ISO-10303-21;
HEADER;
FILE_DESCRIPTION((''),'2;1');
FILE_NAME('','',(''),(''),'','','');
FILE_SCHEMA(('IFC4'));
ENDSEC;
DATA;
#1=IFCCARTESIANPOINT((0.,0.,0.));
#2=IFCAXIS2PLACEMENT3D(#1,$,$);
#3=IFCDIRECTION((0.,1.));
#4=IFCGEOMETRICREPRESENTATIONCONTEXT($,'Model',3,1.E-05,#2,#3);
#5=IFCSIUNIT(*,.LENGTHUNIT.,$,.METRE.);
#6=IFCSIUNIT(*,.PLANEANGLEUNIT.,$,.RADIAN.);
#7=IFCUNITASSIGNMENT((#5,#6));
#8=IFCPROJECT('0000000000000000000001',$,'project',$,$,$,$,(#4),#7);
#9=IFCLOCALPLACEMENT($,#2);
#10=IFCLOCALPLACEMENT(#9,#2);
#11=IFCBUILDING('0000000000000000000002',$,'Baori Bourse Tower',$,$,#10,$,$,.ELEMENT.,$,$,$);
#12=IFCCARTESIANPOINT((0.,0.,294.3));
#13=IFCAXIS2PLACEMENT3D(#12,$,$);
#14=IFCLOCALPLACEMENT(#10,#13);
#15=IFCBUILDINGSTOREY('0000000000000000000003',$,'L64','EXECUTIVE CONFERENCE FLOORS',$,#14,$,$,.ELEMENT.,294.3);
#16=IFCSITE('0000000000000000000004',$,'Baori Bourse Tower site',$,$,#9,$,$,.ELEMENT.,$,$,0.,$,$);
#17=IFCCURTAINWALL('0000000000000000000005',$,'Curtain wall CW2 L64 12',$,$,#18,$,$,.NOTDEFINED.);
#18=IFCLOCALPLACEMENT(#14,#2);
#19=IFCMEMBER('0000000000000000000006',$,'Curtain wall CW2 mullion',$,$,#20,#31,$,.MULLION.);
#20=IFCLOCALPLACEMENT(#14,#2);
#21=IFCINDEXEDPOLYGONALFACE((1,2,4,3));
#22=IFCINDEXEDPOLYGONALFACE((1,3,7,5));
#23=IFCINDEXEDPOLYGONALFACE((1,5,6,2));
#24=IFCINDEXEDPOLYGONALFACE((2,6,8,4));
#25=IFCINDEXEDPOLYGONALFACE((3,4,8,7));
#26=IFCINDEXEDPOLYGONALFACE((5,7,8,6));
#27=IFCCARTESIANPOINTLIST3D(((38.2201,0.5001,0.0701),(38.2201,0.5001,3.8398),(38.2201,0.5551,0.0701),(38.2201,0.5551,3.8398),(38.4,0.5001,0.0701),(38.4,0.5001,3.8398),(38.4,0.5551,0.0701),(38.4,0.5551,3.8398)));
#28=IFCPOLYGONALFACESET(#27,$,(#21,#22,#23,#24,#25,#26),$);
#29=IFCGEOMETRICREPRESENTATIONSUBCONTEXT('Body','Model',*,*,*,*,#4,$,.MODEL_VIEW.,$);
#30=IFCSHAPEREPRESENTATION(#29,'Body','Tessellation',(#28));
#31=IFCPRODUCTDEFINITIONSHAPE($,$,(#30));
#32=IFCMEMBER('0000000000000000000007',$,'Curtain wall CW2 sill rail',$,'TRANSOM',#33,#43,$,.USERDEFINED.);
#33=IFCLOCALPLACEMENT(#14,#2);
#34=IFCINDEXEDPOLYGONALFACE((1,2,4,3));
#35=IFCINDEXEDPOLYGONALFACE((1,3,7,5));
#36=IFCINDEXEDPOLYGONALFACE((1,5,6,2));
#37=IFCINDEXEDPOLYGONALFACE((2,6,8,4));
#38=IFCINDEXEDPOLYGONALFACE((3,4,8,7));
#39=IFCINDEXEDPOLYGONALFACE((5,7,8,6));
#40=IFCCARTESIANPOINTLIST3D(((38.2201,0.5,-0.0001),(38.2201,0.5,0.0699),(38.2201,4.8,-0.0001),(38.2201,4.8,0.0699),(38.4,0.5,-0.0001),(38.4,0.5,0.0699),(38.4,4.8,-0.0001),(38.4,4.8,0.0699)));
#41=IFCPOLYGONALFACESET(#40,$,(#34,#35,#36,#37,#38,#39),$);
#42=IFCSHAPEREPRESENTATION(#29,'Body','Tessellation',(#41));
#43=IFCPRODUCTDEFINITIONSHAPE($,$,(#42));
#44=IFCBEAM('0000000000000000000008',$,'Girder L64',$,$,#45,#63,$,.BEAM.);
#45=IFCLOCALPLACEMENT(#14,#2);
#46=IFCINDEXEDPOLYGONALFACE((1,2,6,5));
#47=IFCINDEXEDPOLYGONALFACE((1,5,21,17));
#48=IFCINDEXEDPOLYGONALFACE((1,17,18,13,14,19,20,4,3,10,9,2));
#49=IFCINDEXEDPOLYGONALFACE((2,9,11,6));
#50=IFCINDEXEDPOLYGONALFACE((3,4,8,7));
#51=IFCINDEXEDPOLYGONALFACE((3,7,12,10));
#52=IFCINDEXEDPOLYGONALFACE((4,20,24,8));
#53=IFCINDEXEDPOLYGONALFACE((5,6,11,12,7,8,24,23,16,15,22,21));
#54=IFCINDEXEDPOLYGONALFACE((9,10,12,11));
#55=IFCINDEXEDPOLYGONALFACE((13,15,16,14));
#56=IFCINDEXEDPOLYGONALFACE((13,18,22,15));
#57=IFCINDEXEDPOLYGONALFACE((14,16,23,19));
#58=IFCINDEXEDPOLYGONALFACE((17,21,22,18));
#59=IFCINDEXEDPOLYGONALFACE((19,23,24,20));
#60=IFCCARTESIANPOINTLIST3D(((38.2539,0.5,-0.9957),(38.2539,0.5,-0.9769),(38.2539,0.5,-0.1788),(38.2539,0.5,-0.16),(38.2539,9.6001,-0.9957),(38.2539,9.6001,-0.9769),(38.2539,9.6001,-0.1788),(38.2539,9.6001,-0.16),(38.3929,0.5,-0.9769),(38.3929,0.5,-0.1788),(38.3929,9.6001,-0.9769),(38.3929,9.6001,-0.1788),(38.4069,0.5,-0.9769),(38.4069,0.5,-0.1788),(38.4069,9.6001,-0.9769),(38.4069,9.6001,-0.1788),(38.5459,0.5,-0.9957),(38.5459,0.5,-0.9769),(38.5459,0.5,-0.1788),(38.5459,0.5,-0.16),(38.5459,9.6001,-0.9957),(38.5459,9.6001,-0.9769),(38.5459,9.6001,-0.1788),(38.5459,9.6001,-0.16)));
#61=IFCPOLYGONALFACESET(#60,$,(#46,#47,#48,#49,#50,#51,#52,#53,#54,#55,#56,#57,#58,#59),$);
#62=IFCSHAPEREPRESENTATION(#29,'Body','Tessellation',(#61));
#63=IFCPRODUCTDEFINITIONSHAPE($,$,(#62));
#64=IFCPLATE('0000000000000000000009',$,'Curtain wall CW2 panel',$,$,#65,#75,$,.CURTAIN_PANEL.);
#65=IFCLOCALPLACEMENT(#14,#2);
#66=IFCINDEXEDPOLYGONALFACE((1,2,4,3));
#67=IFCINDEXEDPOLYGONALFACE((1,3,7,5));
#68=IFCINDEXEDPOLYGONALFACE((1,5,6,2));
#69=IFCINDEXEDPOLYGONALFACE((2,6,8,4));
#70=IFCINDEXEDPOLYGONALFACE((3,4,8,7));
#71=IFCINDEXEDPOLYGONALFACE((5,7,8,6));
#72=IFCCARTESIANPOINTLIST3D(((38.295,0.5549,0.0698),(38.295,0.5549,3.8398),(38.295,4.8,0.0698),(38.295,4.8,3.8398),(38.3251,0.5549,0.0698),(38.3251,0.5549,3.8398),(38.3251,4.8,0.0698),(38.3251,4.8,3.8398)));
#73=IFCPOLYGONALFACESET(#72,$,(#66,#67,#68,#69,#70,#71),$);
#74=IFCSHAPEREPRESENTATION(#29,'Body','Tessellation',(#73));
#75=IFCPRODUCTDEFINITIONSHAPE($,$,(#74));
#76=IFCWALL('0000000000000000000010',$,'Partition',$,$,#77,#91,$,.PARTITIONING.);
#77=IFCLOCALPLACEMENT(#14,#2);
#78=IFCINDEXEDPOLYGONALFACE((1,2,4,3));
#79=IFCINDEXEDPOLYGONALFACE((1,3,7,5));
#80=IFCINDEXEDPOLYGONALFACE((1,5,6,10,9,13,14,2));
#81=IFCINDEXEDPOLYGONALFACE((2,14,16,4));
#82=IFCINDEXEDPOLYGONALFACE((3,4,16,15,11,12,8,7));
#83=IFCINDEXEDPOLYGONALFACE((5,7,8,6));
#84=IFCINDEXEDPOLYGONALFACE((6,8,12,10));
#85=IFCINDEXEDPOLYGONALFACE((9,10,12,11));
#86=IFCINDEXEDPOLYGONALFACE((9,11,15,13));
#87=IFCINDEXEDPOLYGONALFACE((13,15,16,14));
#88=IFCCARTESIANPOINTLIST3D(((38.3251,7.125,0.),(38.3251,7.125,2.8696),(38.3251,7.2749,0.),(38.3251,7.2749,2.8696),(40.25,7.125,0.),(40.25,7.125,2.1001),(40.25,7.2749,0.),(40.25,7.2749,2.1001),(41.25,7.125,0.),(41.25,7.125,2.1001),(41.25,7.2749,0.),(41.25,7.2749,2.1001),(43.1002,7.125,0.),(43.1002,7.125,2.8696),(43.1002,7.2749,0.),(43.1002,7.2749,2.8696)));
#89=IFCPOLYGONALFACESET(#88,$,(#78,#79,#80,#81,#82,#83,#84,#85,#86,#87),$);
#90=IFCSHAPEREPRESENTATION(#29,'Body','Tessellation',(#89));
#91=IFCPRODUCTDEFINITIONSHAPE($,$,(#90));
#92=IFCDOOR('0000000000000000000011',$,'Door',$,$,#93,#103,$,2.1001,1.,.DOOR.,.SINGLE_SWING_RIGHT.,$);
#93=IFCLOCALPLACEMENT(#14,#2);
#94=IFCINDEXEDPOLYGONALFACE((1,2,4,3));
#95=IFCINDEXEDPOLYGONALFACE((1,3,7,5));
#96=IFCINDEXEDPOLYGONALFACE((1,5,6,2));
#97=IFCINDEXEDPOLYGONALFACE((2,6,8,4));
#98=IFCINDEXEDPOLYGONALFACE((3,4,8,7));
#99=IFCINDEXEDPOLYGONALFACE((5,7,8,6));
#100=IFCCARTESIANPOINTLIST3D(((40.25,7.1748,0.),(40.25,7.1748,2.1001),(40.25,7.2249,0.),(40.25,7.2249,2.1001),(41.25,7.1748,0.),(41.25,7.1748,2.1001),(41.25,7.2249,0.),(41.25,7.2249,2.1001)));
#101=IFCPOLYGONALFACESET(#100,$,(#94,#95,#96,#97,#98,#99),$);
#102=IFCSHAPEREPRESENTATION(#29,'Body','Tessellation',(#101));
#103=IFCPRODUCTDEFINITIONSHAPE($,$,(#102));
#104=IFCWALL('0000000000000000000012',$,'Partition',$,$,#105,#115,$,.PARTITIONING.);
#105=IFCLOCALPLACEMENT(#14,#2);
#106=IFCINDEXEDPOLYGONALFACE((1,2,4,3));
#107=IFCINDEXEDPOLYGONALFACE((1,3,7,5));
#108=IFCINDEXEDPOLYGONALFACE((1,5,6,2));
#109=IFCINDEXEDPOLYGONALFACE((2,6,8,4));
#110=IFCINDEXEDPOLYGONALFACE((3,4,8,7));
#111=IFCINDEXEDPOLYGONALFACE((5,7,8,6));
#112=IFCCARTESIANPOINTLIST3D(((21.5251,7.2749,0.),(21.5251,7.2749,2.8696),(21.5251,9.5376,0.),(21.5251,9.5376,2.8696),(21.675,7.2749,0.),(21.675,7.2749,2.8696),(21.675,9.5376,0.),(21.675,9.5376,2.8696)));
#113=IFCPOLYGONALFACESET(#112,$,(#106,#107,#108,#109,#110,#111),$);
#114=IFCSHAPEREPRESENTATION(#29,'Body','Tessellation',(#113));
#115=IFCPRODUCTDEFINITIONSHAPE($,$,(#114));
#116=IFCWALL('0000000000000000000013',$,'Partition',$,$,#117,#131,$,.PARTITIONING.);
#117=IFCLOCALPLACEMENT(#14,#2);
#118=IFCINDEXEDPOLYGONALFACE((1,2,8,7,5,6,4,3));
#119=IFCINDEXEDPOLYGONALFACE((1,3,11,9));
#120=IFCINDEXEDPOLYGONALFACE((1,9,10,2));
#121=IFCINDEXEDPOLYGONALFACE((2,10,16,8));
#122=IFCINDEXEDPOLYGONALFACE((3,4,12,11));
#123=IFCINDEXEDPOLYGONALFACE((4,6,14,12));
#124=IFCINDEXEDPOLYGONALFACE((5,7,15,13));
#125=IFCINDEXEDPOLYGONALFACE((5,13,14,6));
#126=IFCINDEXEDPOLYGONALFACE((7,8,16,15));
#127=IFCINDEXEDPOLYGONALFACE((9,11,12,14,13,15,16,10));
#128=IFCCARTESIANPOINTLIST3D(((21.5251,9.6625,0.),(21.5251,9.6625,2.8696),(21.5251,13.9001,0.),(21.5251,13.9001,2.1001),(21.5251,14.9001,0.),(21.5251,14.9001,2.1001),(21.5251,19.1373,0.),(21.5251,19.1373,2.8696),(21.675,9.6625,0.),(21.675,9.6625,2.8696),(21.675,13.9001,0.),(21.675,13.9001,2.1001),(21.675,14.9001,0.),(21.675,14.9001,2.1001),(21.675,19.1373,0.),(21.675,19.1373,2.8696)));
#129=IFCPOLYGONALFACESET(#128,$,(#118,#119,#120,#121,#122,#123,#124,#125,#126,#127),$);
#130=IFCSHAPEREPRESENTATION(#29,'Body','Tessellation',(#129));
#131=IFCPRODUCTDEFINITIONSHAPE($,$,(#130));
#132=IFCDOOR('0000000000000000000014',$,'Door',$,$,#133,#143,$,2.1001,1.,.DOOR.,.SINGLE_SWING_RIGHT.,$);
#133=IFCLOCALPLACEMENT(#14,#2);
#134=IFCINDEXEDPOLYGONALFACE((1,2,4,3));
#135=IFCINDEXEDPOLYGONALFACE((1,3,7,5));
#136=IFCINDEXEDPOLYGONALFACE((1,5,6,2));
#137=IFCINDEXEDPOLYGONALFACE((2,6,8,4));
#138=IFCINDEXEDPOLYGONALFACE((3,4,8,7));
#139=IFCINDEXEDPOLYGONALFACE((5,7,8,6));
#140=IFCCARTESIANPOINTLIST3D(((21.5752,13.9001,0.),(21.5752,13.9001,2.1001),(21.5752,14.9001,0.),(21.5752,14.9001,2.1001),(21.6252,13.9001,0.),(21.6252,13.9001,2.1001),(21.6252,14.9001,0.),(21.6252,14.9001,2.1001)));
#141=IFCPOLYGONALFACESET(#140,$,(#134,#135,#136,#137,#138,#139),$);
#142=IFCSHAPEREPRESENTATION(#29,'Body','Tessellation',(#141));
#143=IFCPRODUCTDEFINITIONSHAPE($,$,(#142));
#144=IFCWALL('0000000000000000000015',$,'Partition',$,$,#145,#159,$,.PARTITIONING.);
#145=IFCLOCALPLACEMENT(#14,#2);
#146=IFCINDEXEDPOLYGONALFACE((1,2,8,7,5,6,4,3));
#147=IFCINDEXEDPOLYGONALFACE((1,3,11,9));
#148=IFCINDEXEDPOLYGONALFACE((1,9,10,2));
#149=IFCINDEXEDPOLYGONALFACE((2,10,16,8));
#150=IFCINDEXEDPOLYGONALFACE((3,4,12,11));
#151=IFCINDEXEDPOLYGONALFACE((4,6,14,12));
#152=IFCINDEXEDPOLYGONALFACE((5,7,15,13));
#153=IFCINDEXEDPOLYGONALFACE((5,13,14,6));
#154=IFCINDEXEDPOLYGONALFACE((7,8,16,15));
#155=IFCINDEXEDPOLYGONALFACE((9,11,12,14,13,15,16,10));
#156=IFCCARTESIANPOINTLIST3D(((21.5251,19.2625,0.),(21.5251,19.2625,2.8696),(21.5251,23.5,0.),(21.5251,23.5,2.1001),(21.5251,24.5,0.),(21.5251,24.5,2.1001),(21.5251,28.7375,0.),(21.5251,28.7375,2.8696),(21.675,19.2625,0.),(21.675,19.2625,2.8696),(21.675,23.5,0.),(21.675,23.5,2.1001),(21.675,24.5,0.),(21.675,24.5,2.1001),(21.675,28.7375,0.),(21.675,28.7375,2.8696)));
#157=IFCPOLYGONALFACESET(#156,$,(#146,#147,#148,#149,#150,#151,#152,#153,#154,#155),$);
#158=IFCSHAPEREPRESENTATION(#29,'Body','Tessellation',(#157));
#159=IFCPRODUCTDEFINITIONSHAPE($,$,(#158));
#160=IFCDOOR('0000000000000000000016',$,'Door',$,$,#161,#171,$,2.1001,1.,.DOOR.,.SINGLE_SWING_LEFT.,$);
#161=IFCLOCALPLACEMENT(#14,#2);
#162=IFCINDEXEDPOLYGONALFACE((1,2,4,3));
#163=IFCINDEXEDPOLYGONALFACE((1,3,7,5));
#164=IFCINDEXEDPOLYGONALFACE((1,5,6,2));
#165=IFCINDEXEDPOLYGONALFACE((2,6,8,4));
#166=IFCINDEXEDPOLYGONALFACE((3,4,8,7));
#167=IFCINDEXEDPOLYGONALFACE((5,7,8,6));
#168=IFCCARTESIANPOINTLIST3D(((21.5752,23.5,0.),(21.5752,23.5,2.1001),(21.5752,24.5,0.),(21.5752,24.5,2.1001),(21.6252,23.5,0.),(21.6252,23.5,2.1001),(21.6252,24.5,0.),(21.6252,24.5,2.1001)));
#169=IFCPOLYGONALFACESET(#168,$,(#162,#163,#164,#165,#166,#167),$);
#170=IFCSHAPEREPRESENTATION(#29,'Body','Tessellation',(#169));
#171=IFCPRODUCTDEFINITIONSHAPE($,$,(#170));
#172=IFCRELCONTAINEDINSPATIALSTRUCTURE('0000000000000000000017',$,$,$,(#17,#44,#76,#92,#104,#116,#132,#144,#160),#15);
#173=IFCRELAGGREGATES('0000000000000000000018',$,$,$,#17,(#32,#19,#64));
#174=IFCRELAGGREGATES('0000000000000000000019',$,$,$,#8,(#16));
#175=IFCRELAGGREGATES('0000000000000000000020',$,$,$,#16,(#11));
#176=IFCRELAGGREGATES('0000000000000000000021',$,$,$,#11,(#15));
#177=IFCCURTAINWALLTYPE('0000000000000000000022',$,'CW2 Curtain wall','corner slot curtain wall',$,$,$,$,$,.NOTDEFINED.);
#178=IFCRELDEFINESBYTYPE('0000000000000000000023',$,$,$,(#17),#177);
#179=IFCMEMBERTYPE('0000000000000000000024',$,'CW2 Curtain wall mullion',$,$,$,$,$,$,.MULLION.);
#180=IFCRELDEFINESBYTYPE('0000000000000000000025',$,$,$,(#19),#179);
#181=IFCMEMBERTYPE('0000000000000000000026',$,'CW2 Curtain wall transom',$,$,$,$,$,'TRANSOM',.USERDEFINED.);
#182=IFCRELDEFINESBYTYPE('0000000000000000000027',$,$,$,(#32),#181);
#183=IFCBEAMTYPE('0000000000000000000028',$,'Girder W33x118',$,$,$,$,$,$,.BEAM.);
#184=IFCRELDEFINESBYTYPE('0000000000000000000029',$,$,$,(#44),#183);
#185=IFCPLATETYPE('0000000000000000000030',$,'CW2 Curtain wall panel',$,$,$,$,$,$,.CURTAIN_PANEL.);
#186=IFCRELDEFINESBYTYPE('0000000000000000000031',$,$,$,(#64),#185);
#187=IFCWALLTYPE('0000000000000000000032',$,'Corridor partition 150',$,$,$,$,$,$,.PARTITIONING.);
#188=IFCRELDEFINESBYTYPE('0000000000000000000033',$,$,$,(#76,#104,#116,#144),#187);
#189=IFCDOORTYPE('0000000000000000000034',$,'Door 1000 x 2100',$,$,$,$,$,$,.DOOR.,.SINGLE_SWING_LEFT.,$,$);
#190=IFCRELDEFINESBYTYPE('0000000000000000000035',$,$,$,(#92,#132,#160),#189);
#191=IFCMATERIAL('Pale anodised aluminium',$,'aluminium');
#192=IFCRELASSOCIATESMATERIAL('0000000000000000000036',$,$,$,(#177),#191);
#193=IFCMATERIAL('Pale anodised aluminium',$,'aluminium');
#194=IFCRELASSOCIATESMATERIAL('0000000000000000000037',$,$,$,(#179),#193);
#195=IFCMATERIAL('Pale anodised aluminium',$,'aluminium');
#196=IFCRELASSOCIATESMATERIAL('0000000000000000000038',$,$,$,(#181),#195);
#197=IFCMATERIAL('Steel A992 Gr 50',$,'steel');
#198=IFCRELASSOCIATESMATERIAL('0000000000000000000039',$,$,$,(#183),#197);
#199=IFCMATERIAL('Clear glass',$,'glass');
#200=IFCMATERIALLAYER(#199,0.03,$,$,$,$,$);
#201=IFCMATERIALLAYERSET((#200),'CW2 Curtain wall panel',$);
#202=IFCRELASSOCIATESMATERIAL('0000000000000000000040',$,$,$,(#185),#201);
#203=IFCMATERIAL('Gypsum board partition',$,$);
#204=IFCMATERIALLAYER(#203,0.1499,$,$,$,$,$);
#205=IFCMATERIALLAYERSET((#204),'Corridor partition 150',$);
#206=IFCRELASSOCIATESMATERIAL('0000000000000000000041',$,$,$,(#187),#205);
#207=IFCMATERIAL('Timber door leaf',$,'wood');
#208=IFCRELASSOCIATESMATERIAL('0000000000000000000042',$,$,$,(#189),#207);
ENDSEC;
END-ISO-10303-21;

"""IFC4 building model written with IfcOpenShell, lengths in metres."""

from ifc_helpers import new_model, si_unit, direction, frame, frame_2d, origin, origin_2d, place, context, subcontext, project, spatial, rectangle, i_section, extrude, material, layer, layer_set, material_profile, profile_set, type_object, element, fill, aggregate, save


model = new_model("IFC4")

# Units and contexts
model_context = context("Model", 3, precision=1e-05, world=origin(), true_north=direction((0.0, 1.0)))
body_context = subcontext(model_context, "Body", "Model", "MODEL_VIEW")
ifc_project = project(units=[si_unit("LENGTHUNIT", "METRE"), si_unit("PLANEANGLEUNIT", "RADIAN")], contexts=[model_context])

# Site, building, storey
site_placement = place(None, origin())
site = spatial("IfcSite", under=ifc_project, at=site_placement, Name="Baori Bourse Tower site", CompositionType="ELEMENT", RefElevation=0.0)
building_placement = place(site_placement, origin())
building = spatial("IfcBuilding", under=site, at=building_placement, Name="Baori Bourse Tower", CompositionType="ELEMENT")
storey_placement = place(building_placement, frame((0.0, 0.0, 294.3)))
storey = spatial("IfcBuildingStorey", under=building, at=storey_placement, Name="L64", Description="EXECUTIVE CONFERENCE FLOORS", CompositionType="ELEMENT", Elevation=294.3)

# Curtain wall, members
ifc_material_1 = material(Name="Pale anodised aluminium", Category="aluminium")
curtain_wall_type = type_object("IfcCurtainWallType", Name="CW2 Curtain wall", Description="corner slot curtain wall", PredefinedType="NOTDEFINED", material=ifc_material_1)
curtain_wall_placement = place(storey_placement, origin())
curtain_wall = element("IfcCurtainWall", 1, at=curtain_wall_placement, inside=storey, type_object=curtain_wall_type, Name="Curtain wall CW2 L64 12", PredefinedType="NOTDEFINED")
ifc_material_2 = material(Name="Pale anodised aluminium", Category="aluminium")
ifc_material_profile_1 = material_profile(ifc_material_2, rectangle(XDim=0.1799, YDim=0.0549, at=origin_2d()), Name="Mullion 55x180")
ifc_profile_set_1 = profile_set([ifc_material_profile_1], Name="Pale anodised aluminium")
member_type_1 = type_object("IfcMemberType", Name="CW2 Curtain wall mullion", PredefinedType="MULLION", material=ifc_profile_set_1)
member_1_placement = place(storey_placement, frame((38.3101, 0.5276, 0.0701), z_axis=(0.0, 0.0, 1.0), x_axis=(-1.0, 0.0, 0.0)))
member_1 = element("IfcMember", 2, at=member_1_placement, type_object=member_type_1, Name="Curtain wall CW2 mullion", PredefinedType="MULLION", context=body_context, shape_type="SweptSolid", body=[
    extrude(rectangle(XDim=0.1799, YDim=0.0549, at=origin_2d()), origin(), (0.0, 0.0, 1.0), 3.7698),
])
ifc_material_3 = material(Name="Pale anodised aluminium", Category="aluminium")
ifc_material_profile_2 = material_profile(ifc_material_3, rectangle(XDim=0.1799, YDim=0.0701, at=origin_2d()), Name="Transom 70x180")
ifc_profile_set_2 = profile_set([ifc_material_profile_2], Name="Pale anodised aluminium")
member_type_2 = type_object("IfcMemberType", Name="CW2 Curtain wall transom", ElementType="TRANSOM", PredefinedType="USERDEFINED", material=ifc_profile_set_2)
member_2_placement = place(storey_placement, frame((38.3101, 0.5, 0.0349), z_axis=(0.0, 1.0, 0.0), x_axis=(-1.0, 0.0, 0.0)))
member_2 = element("IfcMember", 3, at=member_2_placement, type_object=member_type_2, Name="Curtain wall CW2 sill rail", ObjectType="TRANSOM", PredefinedType="USERDEFINED", context=body_context, shape_type="SweptSolid", body=[
    extrude(rectangle(XDim=0.1799, YDim=0.0701, at=origin_2d()), origin(), (0.0, 0.0, 1.0), 4.3),
])

# Beam
ifc_material_4 = material(Name="Steel A992 Gr 50", Category="steel")
ifc_material_profile_3 = material_profile(ifc_material_4, i_section(OverallWidth=0.292, OverallDepth=0.8357, WebThickness=0.0139, FlangeThickness=0.0188, at=origin_2d()), Name="W33x118")
ifc_profile_set_3 = profile_set([ifc_material_profile_3], Name="Steel A992 Gr 50")
beam_type = type_object("IfcBeamType", Name="Girder W33x118", PredefinedType="BEAM", material=ifc_profile_set_3)
beam_placement = place(storey_placement, frame((38.3999, 0.5, -0.5779), z_axis=(0.0, 1.0, 0.0), x_axis=(-1.0, 0.0, 0.0)))
element("IfcBeam", 4, at=beam_placement, inside=storey, type_object=beam_type, Name="Girder L64", PredefinedType="BEAM", context=body_context, shape_type="SweptSolid", body=[
    extrude(i_section(OverallWidth=0.292, OverallDepth=0.8357, WebThickness=0.0139, FlangeThickness=0.0188, at=origin_2d()), origin(), (0.0, 0.0, 1.0), 9.1001),
])

# Plate
ifc_material_5 = material(Name="Clear glass", Category="glass")
ifc_layer_1 = layer(ifc_material_5, 0.03)
ifc_layer_set_1 = layer_set([ifc_layer_1], Name="CW2 Curtain wall panel")
plate_type = type_object("IfcPlateType", Name="CW2 Curtain wall panel", PredefinedType="CURTAIN_PANEL", material=ifc_layer_set_1)
plate_placement = place(storey_placement, frame((38.3101, 2.6775, 0.0698), z_axis=(0.0, 0.0, 1.0), x_axis=(0.0, 1.0, 0.0)))
plate = element("IfcPlate", 5, at=plate_placement, type_object=plate_type, Name="Curtain wall CW2 panel", PredefinedType="CURTAIN_PANEL", context=body_context, shape_type="SweptSolid", body=[
    extrude(rectangle(XDim=4.2451, YDim=0.03, at=origin_2d()), origin(), (0.0, 0.0, 1.0), 3.77),
])
aggregate(curtain_wall, [member_2, member_1, plate])

# Wall, opening, door
ifc_material_6 = material(Name="Gypsum board partition")
ifc_layer_2 = layer(ifc_material_6, 0.1499)
ifc_layer_set_2 = layer_set([ifc_layer_2], Name="Corridor partition 150")
wall_type_1 = type_object("IfcWallType", Name="Corridor partition 150", PredefinedType="PARTITIONING", material=ifc_layer_set_2)
wall_1_placement = place(storey_placement, frame((38.325, 7.2, 0.0), z_axis=(0.0, 0.0, 1.0), x_axis=(1.0, 0.0, 0.0)))
wall_1 = element("IfcWall", 6, at=wall_1_placement, inside=storey, type_object=wall_type_1, Name="Partition", PredefinedType="PARTITIONING", context=body_context, shape_type="SweptSolid", body=[
    extrude(rectangle(XDim=4.7751, YDim=0.1499, at=frame_2d((2.3877, 0.0))), origin(), (0.0, 0.0, 1.0), 2.8696),
])
opening_1_placement = place(wall_1_placement, frame((1.925, 0.0, 0.0)))
opening_1 = element("IfcOpeningElement", 7, at=opening_1_placement, cuts=wall_1, PredefinedType="OPENING", context=body_context, shape_type="SweptSolid", body=[
    extrude(rectangle(XDim=1.0, YDim=2.1001, at=frame_2d((0.5, 1.05))), frame((0.0, 0.085, 0.0), z_axis=(0.0, -1.0, 0.0), x_axis=(1.0, 0.0, 0.0)), (0.0, 0.0, 1.0), 0.1699),
])
ifc_material_7 = material(Name="Timber door leaf", Category="wood")
door_type = type_object("IfcDoorType", Name="Door 1000 x 2100", OperationType="SINGLE_SWING_LEFT", PredefinedType="DOOR", material=ifc_material_7)
door_1_placement = place(opening_1_placement, origin())
door_1 = element("IfcDoor", 8, at=door_1_placement, inside=storey, type_object=door_type, Name="Door", OperationType="SINGLE_SWING_RIGHT", OverallHeight=2.1001, OverallWidth=1.0, PredefinedType="DOOR", context=body_context, shape_type="SweptSolid", body=[
    extrude(rectangle(XDim=1.0, YDim=2.1001, at=frame_2d((0.5, 1.05))), frame((0.0, 0.0249, 0.0), z_axis=(0.0, -1.0, 0.0), x_axis=(1.0, 0.0, 0.0)), (0.0, 0.0, 1.0), 0.05),
])
fill(opening_1, door_1)

# Wall
wall_2_placement = place(storey_placement, frame((21.6001, 7.2749, 0.0), z_axis=(0.0, 0.0, 1.0), x_axis=(0.0, 1.0, 0.0)))
element("IfcWall", 9, at=wall_2_placement, inside=storey, type_object=wall_type_1, Name="Partition", PredefinedType="PARTITIONING", context=body_context, shape_type="SweptSolid", body=[
    extrude(rectangle(XDim=2.2627, YDim=0.1499, at=frame_2d((1.1313, 0.0))), origin(), (0.0, 0.0, 1.0), 2.8696),
])

# Walls, openings, doors
wall_3_placement = place(storey_placement, frame((21.6001, 9.6626, 0.0), z_axis=(0.0, 0.0, 1.0), x_axis=(0.0, 1.0, 0.0)))
wall_3 = element("IfcWall", 10, at=wall_3_placement, inside=storey, type_object=wall_type_1, Name="Partition", PredefinedType="PARTITIONING", context=body_context, shape_type="SweptSolid", body=[
    extrude(rectangle(XDim=9.4749, YDim=0.1499, at=frame_2d((4.7373, 0.0))), origin(), (0.0, 0.0, 1.0), 2.8696),
])
opening_2_placement = place(wall_3_placement, frame((4.2375, 0.0, 0.0)))
opening_2 = element("IfcOpeningElement", 11, at=opening_2_placement, cuts=wall_3, PredefinedType="OPENING", context=body_context, shape_type="SweptSolid", body=[
    extrude(rectangle(XDim=1.0, YDim=2.1001, at=frame_2d((0.5, 1.05))), frame((0.0, 0.085, 0.0), z_axis=(0.0, -1.0, 0.0), x_axis=(1.0, 0.0, 0.0)), (0.0, 0.0, 1.0), 0.1699),
])
door_2_placement = place(opening_2_placement, origin())
door_2 = element("IfcDoor", 12, at=door_2_placement, inside=storey, type_object=door_type, Name="Door", OperationType="SINGLE_SWING_RIGHT", OverallHeight=2.1001, OverallWidth=1.0, PredefinedType="DOOR", context=body_context, shape_type="SweptSolid", body=[
    extrude(rectangle(XDim=1.0, YDim=2.1001, at=frame_2d((0.5, 1.05))), frame((0.0, 0.0249, 0.0), z_axis=(0.0, -1.0, 0.0), x_axis=(1.0, 0.0, 0.0)), (0.0, 0.0, 1.0), 0.05),
])
fill(opening_2, door_2)
wall_4_placement = place(storey_placement, frame((21.6001, 19.2625, 0.0), z_axis=(0.0, 0.0, 1.0), x_axis=(0.0, 1.0, 0.0)))
wall_4 = element("IfcWall", 13, at=wall_4_placement, inside=storey, type_object=wall_type_1, Name="Partition", PredefinedType="PARTITIONING", context=body_context, shape_type="SweptSolid", body=[
    extrude(rectangle(XDim=9.4751, YDim=0.1499, at=frame_2d((4.7375, 0.0))), origin(), (0.0, 0.0, 1.0), 2.8696),
])
opening_3_placement = place(wall_4_placement, frame((4.2375, 0.0, 0.0)))
opening_3 = element("IfcOpeningElement", 14, at=opening_3_placement, cuts=wall_4, PredefinedType="OPENING", context=body_context, shape_type="SweptSolid", body=[
    extrude(rectangle(XDim=1.0, YDim=2.1001, at=frame_2d((0.5, 1.05))), frame((0.0, 0.085, 0.0), z_axis=(0.0, -1.0, 0.0), x_axis=(1.0, 0.0, 0.0)), (0.0, 0.0, 1.0), 0.1699),
])
door_3_placement = place(opening_3_placement, origin())
door_3 = element("IfcDoor", 15, at=door_3_placement, inside=storey, type_object=door_type, Name="Door", OperationType="SINGLE_SWING_LEFT", OverallHeight=2.1001, OverallWidth=1.0, PredefinedType="DOOR", context=body_context, shape_type="SweptSolid", body=[
    extrude(rectangle(XDim=1.0, YDim=2.1001, at=frame_2d((0.5, 1.05))), frame((0.0, 0.0249, 0.0), z_axis=(0.0, -1.0, 0.0), x_axis=(1.0, 0.0, 0.0)), (0.0, 0.0, 1.0), 0.05),
])
fill(opening_3, door_3)

save(model, "model.ifc")
